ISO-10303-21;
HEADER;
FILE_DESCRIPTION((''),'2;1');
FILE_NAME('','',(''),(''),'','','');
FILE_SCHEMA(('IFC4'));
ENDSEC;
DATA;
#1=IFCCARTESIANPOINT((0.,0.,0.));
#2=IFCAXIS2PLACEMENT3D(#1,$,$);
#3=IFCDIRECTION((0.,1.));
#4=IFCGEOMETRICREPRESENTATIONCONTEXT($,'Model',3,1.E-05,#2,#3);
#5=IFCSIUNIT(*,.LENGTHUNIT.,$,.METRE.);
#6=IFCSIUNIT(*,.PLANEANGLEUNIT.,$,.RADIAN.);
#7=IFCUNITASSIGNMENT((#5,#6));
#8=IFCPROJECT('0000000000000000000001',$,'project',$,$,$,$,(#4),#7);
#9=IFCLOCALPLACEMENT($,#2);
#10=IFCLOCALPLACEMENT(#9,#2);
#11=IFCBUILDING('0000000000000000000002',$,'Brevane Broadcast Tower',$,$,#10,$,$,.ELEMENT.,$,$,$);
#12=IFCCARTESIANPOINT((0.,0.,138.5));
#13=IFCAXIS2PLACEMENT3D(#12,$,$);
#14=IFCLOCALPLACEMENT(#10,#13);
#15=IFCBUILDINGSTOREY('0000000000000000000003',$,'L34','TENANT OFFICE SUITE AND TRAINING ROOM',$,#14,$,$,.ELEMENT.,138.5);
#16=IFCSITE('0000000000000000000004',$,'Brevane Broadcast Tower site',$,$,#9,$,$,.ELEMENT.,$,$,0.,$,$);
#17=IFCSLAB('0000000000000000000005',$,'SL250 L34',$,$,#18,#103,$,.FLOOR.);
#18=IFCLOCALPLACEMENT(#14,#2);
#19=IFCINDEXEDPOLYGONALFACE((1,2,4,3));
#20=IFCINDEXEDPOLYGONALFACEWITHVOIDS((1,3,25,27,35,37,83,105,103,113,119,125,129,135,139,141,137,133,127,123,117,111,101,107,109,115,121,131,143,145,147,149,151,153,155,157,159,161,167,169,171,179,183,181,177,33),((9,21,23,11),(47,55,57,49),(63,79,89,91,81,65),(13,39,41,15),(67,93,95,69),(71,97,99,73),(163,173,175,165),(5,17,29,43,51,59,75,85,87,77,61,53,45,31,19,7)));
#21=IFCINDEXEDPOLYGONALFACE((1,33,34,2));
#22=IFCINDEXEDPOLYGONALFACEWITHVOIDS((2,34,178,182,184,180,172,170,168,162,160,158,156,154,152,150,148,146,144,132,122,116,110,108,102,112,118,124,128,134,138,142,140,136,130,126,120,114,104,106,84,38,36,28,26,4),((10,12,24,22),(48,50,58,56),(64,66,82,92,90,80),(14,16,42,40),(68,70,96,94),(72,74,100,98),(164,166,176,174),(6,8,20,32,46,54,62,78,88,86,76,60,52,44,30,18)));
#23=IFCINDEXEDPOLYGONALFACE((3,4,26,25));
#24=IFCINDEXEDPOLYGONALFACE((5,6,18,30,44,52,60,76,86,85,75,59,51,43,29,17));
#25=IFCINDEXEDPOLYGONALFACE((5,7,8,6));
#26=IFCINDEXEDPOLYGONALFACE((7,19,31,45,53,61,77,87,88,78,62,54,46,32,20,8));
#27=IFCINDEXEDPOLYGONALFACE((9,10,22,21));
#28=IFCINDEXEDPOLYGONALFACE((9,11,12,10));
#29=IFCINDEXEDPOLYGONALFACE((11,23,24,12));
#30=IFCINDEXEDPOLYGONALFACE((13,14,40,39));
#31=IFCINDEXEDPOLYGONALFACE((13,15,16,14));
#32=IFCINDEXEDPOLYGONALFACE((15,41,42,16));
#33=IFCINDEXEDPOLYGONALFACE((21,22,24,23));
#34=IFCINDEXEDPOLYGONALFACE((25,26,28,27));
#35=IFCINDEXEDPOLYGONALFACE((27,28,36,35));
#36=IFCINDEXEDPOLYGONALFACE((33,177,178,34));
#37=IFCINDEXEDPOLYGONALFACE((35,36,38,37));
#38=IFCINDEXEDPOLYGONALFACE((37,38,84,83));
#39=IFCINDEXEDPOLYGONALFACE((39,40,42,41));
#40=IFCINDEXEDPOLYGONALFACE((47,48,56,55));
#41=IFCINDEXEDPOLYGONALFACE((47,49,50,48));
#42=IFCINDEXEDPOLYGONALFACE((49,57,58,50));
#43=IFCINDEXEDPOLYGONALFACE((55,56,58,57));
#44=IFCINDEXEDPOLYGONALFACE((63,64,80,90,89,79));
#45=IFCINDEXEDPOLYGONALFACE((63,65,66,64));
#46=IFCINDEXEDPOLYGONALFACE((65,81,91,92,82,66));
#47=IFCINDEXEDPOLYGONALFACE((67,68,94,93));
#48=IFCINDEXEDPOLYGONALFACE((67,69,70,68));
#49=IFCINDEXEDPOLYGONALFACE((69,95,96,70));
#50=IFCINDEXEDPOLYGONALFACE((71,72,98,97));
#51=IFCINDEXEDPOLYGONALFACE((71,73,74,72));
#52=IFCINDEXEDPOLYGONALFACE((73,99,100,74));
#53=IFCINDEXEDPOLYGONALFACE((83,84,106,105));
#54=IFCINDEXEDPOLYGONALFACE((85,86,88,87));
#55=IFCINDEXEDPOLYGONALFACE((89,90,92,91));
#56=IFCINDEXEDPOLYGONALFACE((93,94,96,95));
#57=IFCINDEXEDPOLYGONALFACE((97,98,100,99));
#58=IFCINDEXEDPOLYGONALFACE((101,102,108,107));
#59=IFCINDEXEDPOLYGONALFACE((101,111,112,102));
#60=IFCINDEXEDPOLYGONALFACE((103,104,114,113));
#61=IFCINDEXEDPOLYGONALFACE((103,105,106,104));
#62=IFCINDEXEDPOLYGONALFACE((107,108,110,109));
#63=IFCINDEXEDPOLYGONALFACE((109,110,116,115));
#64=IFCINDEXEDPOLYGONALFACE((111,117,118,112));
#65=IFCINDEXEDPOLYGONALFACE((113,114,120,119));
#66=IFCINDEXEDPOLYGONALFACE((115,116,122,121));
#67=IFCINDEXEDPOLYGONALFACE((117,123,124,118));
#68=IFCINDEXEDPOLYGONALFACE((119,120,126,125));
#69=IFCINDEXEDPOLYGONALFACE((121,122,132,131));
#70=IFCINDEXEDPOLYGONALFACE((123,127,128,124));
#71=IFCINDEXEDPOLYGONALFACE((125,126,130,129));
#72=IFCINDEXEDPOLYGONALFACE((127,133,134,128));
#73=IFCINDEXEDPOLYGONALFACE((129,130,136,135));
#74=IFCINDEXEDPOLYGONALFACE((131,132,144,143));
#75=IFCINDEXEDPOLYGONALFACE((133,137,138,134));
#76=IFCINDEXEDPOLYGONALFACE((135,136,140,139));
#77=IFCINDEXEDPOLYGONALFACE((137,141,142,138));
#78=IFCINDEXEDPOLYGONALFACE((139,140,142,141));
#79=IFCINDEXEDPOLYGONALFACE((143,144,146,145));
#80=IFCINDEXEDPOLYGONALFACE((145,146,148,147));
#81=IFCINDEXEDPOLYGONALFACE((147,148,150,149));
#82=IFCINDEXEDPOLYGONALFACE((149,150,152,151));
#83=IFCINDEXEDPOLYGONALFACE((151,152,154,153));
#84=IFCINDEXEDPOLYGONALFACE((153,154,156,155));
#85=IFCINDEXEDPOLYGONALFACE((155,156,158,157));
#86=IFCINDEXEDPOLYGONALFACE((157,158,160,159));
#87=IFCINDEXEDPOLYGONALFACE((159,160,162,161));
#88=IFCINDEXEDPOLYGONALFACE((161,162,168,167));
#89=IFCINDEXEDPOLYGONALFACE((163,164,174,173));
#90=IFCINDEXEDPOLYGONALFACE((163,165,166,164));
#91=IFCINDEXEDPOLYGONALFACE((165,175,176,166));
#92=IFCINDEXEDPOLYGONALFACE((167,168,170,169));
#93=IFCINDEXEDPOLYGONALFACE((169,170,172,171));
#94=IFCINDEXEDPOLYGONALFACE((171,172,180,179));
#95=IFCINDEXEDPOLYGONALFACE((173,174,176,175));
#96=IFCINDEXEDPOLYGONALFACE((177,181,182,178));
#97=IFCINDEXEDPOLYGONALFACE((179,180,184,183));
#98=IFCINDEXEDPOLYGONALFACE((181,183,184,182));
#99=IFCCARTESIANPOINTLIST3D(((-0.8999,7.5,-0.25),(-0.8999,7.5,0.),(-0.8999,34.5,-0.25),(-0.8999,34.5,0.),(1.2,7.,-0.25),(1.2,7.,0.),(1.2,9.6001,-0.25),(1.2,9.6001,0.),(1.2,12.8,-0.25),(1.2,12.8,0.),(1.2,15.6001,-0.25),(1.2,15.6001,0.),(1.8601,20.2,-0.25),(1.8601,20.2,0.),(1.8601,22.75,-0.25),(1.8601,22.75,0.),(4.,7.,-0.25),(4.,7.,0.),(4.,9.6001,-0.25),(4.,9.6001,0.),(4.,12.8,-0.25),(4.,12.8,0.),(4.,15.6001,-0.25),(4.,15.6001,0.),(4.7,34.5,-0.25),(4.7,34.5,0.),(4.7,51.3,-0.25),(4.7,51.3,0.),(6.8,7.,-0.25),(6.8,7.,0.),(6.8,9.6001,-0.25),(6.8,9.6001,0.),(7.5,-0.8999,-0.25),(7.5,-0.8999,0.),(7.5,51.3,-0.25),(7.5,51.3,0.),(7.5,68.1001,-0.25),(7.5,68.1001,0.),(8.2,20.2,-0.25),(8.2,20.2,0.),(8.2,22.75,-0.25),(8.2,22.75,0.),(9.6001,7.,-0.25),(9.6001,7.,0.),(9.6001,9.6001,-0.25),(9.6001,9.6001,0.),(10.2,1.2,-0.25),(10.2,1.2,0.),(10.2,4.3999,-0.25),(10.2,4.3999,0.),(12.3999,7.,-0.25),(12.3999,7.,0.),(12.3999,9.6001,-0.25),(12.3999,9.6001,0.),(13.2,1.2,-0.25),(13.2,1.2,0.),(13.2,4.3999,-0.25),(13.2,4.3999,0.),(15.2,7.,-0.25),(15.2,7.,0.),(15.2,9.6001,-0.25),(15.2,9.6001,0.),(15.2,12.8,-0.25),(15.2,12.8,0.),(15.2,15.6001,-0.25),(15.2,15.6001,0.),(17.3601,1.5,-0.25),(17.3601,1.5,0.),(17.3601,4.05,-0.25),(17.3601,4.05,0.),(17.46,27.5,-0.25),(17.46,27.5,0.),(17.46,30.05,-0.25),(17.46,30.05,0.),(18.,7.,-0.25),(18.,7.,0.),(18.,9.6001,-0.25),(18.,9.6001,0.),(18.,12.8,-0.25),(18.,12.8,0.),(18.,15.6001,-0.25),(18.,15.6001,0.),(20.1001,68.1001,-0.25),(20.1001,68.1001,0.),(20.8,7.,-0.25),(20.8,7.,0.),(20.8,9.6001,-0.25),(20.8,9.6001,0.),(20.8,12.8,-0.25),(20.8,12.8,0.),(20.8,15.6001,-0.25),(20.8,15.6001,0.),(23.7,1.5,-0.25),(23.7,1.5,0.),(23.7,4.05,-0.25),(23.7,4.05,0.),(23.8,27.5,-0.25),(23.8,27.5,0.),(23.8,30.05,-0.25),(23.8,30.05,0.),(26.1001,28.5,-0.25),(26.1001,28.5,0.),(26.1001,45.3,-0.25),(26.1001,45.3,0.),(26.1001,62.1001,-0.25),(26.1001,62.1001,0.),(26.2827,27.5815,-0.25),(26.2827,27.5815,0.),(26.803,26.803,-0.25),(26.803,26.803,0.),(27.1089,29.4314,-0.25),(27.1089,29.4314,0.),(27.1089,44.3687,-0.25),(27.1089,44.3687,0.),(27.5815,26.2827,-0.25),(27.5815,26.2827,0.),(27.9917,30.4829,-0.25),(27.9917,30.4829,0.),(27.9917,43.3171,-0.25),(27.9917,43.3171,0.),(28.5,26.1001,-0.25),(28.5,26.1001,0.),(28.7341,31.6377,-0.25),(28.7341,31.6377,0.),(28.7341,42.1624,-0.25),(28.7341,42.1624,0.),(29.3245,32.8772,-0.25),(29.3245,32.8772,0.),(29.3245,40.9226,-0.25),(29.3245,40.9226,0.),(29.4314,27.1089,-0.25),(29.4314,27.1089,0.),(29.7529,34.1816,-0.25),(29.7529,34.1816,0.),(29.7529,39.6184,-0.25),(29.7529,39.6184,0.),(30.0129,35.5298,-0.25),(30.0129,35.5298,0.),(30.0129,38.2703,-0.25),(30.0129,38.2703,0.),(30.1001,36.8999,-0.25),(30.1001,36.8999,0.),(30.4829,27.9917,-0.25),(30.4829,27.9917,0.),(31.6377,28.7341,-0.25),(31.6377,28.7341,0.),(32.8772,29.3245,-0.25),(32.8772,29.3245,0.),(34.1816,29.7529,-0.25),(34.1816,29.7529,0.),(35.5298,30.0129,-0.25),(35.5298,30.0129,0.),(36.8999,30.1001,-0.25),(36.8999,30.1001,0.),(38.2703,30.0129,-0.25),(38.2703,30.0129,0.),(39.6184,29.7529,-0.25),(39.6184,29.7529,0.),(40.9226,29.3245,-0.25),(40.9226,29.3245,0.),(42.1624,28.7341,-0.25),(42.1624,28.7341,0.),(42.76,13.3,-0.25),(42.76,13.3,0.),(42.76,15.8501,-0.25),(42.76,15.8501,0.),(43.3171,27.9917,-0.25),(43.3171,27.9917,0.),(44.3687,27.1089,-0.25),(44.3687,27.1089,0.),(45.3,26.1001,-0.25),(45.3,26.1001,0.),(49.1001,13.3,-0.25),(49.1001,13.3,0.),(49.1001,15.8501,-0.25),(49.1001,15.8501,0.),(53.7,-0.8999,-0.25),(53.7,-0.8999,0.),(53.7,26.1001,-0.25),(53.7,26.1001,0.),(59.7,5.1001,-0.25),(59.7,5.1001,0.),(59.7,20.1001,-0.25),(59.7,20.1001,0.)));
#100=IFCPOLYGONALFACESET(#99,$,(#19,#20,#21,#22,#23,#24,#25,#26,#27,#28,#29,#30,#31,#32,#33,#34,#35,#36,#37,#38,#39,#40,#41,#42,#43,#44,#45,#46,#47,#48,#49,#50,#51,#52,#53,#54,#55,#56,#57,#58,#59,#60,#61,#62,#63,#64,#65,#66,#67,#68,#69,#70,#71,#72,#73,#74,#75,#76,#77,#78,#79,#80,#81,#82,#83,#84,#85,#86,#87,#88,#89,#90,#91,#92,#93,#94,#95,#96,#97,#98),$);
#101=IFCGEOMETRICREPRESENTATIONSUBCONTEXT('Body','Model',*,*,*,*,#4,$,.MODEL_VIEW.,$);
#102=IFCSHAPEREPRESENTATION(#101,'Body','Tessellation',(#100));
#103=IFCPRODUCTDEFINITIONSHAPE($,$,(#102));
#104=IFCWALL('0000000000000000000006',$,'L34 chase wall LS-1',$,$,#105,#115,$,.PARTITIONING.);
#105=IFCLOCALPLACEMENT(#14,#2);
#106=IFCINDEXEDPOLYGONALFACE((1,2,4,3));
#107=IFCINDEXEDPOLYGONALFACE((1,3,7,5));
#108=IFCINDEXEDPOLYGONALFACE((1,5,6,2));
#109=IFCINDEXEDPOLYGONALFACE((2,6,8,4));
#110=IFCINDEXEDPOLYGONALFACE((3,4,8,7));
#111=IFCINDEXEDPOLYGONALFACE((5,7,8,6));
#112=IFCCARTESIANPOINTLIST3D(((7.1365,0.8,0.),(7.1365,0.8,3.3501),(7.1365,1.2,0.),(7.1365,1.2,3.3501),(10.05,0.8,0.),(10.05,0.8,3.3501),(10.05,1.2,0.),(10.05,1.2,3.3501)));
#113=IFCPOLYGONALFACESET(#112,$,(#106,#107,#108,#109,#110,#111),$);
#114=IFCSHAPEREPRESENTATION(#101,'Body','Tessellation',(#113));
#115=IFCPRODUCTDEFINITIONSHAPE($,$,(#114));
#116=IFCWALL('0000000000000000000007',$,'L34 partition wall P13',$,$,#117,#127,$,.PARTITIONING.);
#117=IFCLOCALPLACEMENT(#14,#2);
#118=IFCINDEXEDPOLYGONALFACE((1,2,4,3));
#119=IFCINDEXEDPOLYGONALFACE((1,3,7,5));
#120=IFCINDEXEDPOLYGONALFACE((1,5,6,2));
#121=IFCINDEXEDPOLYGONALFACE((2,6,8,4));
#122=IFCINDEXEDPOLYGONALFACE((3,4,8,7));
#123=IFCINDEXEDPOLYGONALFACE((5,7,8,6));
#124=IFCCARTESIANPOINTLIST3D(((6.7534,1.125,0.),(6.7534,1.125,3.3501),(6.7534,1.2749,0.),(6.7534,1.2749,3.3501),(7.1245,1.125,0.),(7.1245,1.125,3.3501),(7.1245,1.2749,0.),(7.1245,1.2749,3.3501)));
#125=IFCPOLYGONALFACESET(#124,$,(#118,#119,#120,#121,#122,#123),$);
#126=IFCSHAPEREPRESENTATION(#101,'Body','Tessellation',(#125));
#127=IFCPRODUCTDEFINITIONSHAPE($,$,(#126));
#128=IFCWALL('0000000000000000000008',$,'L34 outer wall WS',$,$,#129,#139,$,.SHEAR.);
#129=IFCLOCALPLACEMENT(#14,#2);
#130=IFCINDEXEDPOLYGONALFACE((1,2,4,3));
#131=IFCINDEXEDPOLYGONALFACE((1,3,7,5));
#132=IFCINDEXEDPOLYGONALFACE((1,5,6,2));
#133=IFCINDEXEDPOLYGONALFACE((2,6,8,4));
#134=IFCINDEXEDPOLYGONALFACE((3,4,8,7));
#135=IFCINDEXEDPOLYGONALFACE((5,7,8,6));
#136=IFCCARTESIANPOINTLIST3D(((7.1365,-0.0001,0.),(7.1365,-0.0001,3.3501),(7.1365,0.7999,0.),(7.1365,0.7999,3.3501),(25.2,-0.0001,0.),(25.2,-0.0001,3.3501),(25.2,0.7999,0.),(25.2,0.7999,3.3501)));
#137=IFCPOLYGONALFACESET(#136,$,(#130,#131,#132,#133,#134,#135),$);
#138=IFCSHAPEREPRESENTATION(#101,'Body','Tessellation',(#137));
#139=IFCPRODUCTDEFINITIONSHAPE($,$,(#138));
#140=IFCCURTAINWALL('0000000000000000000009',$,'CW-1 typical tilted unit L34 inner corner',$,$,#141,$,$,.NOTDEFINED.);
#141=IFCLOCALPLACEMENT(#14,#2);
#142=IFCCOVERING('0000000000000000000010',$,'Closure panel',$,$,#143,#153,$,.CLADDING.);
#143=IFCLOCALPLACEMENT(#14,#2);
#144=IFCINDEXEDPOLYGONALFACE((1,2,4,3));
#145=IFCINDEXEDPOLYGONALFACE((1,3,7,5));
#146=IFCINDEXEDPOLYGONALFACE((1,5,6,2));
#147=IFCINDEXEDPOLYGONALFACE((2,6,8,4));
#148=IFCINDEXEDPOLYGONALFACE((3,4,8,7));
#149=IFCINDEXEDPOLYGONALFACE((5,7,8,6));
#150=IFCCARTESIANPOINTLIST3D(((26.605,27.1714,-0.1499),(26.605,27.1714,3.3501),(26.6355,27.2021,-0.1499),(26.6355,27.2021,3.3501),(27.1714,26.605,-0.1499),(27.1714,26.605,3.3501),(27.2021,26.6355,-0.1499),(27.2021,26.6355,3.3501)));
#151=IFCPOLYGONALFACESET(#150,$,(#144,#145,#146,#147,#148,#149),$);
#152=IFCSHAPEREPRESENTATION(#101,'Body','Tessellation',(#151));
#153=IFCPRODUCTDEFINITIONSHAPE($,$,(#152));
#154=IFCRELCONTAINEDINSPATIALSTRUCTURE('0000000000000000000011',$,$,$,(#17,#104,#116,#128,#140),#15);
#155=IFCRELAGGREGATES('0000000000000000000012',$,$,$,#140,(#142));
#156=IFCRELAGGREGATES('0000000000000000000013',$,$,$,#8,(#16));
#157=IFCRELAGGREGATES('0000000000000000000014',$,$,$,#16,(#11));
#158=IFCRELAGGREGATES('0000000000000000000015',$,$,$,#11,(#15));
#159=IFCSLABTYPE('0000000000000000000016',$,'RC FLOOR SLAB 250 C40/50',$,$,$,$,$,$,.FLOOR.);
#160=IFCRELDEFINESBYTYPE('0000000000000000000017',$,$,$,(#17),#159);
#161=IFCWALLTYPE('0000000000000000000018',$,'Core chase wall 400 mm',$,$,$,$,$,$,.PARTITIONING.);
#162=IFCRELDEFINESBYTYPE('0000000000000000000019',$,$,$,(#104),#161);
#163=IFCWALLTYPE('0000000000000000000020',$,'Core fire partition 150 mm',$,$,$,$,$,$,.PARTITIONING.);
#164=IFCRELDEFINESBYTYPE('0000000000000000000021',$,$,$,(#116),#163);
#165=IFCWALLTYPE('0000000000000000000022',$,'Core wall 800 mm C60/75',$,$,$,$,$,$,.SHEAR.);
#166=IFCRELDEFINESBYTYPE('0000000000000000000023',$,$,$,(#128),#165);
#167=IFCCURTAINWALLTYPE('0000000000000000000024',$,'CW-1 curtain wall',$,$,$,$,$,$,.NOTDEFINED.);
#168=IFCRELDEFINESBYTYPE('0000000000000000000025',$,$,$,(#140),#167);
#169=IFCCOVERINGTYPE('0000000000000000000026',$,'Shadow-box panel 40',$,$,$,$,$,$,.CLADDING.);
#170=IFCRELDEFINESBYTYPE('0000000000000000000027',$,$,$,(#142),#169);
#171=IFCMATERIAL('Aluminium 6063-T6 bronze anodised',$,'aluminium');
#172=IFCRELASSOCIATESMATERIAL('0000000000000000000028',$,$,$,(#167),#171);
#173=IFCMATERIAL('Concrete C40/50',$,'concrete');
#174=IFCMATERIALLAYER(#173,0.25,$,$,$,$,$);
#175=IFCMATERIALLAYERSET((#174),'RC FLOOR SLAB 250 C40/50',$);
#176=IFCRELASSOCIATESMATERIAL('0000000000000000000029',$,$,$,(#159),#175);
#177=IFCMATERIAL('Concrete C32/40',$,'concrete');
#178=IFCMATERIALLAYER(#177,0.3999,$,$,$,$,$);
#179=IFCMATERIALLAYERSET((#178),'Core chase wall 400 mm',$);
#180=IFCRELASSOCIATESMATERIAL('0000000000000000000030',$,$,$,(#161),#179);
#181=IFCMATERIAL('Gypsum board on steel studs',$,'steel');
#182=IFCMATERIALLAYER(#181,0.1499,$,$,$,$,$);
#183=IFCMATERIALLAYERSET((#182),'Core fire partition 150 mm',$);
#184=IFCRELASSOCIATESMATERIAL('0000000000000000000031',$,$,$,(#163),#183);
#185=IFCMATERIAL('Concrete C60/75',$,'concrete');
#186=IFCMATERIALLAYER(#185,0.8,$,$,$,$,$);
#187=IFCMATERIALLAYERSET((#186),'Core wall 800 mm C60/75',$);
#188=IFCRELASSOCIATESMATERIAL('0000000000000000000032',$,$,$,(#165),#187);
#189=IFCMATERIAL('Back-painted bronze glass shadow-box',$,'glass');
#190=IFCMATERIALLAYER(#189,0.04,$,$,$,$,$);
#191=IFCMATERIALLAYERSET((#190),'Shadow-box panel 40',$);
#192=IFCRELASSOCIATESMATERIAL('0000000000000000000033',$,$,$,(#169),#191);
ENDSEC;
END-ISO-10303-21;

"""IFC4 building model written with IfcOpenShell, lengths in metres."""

from ifc_helpers import new_model, si_unit, direction, frame, frame_2d, origin, place, context, subcontext, project, spatial, polyline, rectangle, outline, extrude, material, layer, layer_set, type_object, element, aggregate, save


model = new_model("IFC4")

# Units and contexts
model_context = context("Model", 3, precision=1e-05, world=origin(), true_north=direction((0.0, 1.0)))
body_context = subcontext(model_context, "Body", "Model", "MODEL_VIEW")
ifc_project = project(units=[si_unit("LENGTHUNIT", "METRE"), si_unit("PLANEANGLEUNIT", "RADIAN")], contexts=[model_context])

# Site, building, storey
site_placement = place(None, origin())
site = spatial("IfcSite", under=ifc_project, at=site_placement, Name="Brevane Broadcast Tower site", CompositionType="ELEMENT", RefElevation=0.0)
building_placement = place(site_placement, origin())
building = spatial("IfcBuilding", under=site, at=building_placement, Name="Brevane Broadcast Tower", CompositionType="ELEMENT")
storey_placement = place(building_placement, frame((0.0, 0.0, 138.5)))
storey = spatial("IfcBuildingStorey", under=building, at=storey_placement, Name="L34", Description="TENANT OFFICE SUITE AND TRAINING ROOM", CompositionType="ELEMENT", Elevation=138.5)

# Shared definitions
ifc_material_1 = material(Name="Aluminium 6063-T6 bronze anodised", Category="aluminium")
curtain_wall_type = type_object("IfcCurtainWallType", Name="CW-1 curtain wall", PredefinedType="NOTDEFINED", material=ifc_material_1)

# Slab
ifc_material_2 = material(Name="Concrete C40/50", Category="concrete")
ifc_layer_1 = layer(ifc_material_2, 0.25)
ifc_layer_set_1 = layer_set([ifc_layer_1], Name="RC FLOOR SLAB 250 C40/50")
slab_type_1 = type_object("IfcSlabType", Name="RC FLOOR SLAB 250 C40/50", PredefinedType="FLOOR", material=ifc_layer_set_1)
slab_1_placement = place(storey_placement, frame((0.0, 0.0, -0.25)))
element("IfcSlab", 1, at=slab_1_placement, inside=storey, type_object=slab_type_1, Name="SL250 L34", PredefinedType="FLOOR", context=body_context, shape_type="SweptSolid", body=[
    extrude(outline(polyline([(-0.8999, 7.5), (-0.8999, 34.5), (4.7, 34.5), (4.7, 51.3), (7.5, 51.3), (7.5, 68.1001), (20.1001, 68.1001), (26.1001, 62.1001), (26.1001, 45.3), (27.1089, 44.3687), (27.9917, 43.3171), (28.7341, 42.1624), (29.3245, 40.9226), (29.7529, 39.6184), (30.0129, 38.2703), (30.1001, 36.8999), (30.0129, 35.5298), (29.7529, 34.1816), (29.3245, 32.8772), (28.7341, 31.6377), (27.9917, 30.4829), (27.1089, 29.4314), (26.1001, 28.5), (26.2827, 27.5815), (26.803, 26.803), (27.5815, 26.2827), (28.5, 26.1001), (29.4314, 27.1089), (30.4829, 27.9917), (31.6377, 28.7341), (32.8772, 29.3245), (34.1816, 29.7529), (35.5298, 30.0129), (36.8999, 30.1001), (38.2703, 30.0129), (39.6184, 29.7529), (40.9226, 29.3245), (42.1624, 28.7341), (43.3171, 27.9917), (44.3687, 27.1089), (45.3, 26.1001), (53.7, 26.1001), (59.7, 20.1001), (59.7, 5.1001), (53.7, -0.8999), (7.5, -0.8999), (-0.8999, 7.5)]), holes=[polyline([(13.2, 4.3999), (10.2, 4.3999), (10.2, 1.2), (13.2, 1.2), (13.2, 4.3999)]), polyline([(4.0, 9.6001), (1.2, 9.6001), (1.2, 7.0), (4.0, 7.0), (6.8, 7.0), (9.6001, 7.0), (12.3999, 7.0), (15.2, 7.0), (18.0, 7.0), (20.8, 7.0), (20.8, 9.6001), (18.0, 9.6001), (15.2, 9.6001), (12.3999, 9.6001), (9.6001, 9.6001), (6.8, 9.6001), (4.0, 9.6001)]), polyline([(4.0, 12.8), (4.0, 15.6001), (1.2, 15.6001), (1.2, 12.8), (4.0, 12.8)]), polyline([(8.2, 22.75), (1.8601, 22.75), (1.8601, 20.2), (8.2, 20.2), (8.2, 22.75)]), polyline([(23.7, 4.05), (17.3601, 4.05), (17.3601, 1.5), (23.7, 1.5), (23.7, 4.05)]), polyline([(18.0, 15.6001), (15.2, 15.6001), (15.2, 12.8), (18.0, 12.8), (20.8, 12.8), (20.8, 15.6001), (18.0, 15.6001)]), polyline([(49.1001, 15.8501), (42.76, 15.8501), (42.76, 13.3), (49.1001, 13.3), (49.1001, 15.8501)]), polyline([(23.8, 30.05), (17.46, 30.05), (17.46, 27.5), (23.8, 27.5), (23.8, 30.05)])]), origin(), (0.0, 0.0, 1.0), 0.25),
])

# Walls
ifc_material_3 = material(Name="Concrete C32/40", Category="concrete")
ifc_layer_2 = layer(ifc_material_3, 0.3999)
ifc_layer_set_2 = layer_set([ifc_layer_2], Name="Core chase wall 400 mm")
wall_type_1 = type_object("IfcWallType", Name="Core chase wall 400 mm", PredefinedType="PARTITIONING", material=ifc_layer_set_2)
wall_1_placement = place(storey_placement, frame((7.1365, 1.0, 0.0), z_axis=(0.0, 0.0, 1.0), x_axis=(1.0, 0.0, 0.0)))
element("IfcWall", 2, at=wall_1_placement, inside=storey, type_object=wall_type_1, Name="L34 chase wall LS-1", PredefinedType="PARTITIONING", context=body_context, shape_type="SweptSolid", body=[
    extrude(rectangle(XDim=2.9136, YDim=0.3999, at=frame_2d((1.4568, 0.0))), origin(), (0.0, 0.0, 1.0), 3.3501),
])
ifc_material_4 = material(Name="Gypsum board on steel studs", Category="steel")
ifc_layer_3 = layer(ifc_material_4, 0.1499)
ifc_layer_set_3 = layer_set([ifc_layer_3], Name="Core fire partition 150 mm")
wall_type_2 = type_object("IfcWallType", Name="Core fire partition 150 mm", PredefinedType="PARTITIONING", material=ifc_layer_set_3)
wall_2_placement = place(storey_placement, frame((7.1245, 1.2, 0.0), z_axis=(0.0, 0.0, 1.0), x_axis=(-1.0, 0.0, 0.0)))
element("IfcWall", 3, at=wall_2_placement, inside=storey, type_object=wall_type_2, Name="L34 partition wall P13", PredefinedType="PARTITIONING", context=body_context, shape_type="SweptSolid", body=[
    extrude(rectangle(XDim=0.3711, YDim=0.1499, at=frame_2d((0.1855, 0.0))), origin(), (0.0, 0.0, 1.0), 3.3501),
])
ifc_material_5 = material(Name="Concrete C60/75", Category="concrete")
ifc_layer_4 = layer(ifc_material_5, 0.8)
ifc_layer_set_4 = layer_set([ifc_layer_4], Name="Core wall 800 mm C60/75")
wall_type_3 = type_object("IfcWallType", Name="Core wall 800 mm C60/75", PredefinedType="SHEAR", material=ifc_layer_set_4)
wall_3_placement = place(storey_placement, frame((7.1365, 0.3999, 0.0), z_axis=(0.0, 0.0, 1.0), x_axis=(1.0, 0.0, 0.0)))
element("IfcWall", 4, at=wall_3_placement, inside=storey, type_object=wall_type_3, Name="L34 outer wall WS", PredefinedType="SHEAR", context=body_context, shape_type="SweptSolid", body=[
    extrude(rectangle(XDim=18.0635, YDim=0.8, at=frame_2d((9.0317, 0.0))), origin(), (0.0, 0.0, 1.0), 3.3501),
])

# Curtain wall, covering
curtain_wall_1_placement = place(storey_placement, origin())
curtain_wall_1 = element("IfcCurtainWall", 5, at=curtain_wall_1_placement, inside=storey, type_object=curtain_wall_type, Name="CW-1 typical tilted unit L34 inner corner", PredefinedType="NOTDEFINED")
ifc_material_6 = material(Name="Back-painted bronze glass shadow-box", Category="glass")
ifc_layer_5 = layer(ifc_material_6, 0.04)
ifc_layer_set_5 = layer_set([ifc_layer_5], Name="Shadow-box panel 40")
covering_type = type_object("IfcCoveringType", Name="Shadow-box panel 40", PredefinedType="CLADDING", material=ifc_layer_set_5)
covering_placement = place(storey_placement, frame((0.0, 0.0, -0.1499)))
covering = element("IfcCovering", 6, at=covering_placement, type_object=covering_type, Name="Closure panel", PredefinedType="CLADDING", context=body_context, shape_type="SweptSolid", body=[
    extrude(outline(polyline([(27.1714, 26.605), (27.2021, 26.6355), (26.6355, 27.2021), (26.605, 27.1714), (27.1714, 26.605)])), origin(), (0.0, 0.0, 1.0), 3.5),
])
aggregate(curtain_wall_1, [covering])

save(model, "model.ifc")
